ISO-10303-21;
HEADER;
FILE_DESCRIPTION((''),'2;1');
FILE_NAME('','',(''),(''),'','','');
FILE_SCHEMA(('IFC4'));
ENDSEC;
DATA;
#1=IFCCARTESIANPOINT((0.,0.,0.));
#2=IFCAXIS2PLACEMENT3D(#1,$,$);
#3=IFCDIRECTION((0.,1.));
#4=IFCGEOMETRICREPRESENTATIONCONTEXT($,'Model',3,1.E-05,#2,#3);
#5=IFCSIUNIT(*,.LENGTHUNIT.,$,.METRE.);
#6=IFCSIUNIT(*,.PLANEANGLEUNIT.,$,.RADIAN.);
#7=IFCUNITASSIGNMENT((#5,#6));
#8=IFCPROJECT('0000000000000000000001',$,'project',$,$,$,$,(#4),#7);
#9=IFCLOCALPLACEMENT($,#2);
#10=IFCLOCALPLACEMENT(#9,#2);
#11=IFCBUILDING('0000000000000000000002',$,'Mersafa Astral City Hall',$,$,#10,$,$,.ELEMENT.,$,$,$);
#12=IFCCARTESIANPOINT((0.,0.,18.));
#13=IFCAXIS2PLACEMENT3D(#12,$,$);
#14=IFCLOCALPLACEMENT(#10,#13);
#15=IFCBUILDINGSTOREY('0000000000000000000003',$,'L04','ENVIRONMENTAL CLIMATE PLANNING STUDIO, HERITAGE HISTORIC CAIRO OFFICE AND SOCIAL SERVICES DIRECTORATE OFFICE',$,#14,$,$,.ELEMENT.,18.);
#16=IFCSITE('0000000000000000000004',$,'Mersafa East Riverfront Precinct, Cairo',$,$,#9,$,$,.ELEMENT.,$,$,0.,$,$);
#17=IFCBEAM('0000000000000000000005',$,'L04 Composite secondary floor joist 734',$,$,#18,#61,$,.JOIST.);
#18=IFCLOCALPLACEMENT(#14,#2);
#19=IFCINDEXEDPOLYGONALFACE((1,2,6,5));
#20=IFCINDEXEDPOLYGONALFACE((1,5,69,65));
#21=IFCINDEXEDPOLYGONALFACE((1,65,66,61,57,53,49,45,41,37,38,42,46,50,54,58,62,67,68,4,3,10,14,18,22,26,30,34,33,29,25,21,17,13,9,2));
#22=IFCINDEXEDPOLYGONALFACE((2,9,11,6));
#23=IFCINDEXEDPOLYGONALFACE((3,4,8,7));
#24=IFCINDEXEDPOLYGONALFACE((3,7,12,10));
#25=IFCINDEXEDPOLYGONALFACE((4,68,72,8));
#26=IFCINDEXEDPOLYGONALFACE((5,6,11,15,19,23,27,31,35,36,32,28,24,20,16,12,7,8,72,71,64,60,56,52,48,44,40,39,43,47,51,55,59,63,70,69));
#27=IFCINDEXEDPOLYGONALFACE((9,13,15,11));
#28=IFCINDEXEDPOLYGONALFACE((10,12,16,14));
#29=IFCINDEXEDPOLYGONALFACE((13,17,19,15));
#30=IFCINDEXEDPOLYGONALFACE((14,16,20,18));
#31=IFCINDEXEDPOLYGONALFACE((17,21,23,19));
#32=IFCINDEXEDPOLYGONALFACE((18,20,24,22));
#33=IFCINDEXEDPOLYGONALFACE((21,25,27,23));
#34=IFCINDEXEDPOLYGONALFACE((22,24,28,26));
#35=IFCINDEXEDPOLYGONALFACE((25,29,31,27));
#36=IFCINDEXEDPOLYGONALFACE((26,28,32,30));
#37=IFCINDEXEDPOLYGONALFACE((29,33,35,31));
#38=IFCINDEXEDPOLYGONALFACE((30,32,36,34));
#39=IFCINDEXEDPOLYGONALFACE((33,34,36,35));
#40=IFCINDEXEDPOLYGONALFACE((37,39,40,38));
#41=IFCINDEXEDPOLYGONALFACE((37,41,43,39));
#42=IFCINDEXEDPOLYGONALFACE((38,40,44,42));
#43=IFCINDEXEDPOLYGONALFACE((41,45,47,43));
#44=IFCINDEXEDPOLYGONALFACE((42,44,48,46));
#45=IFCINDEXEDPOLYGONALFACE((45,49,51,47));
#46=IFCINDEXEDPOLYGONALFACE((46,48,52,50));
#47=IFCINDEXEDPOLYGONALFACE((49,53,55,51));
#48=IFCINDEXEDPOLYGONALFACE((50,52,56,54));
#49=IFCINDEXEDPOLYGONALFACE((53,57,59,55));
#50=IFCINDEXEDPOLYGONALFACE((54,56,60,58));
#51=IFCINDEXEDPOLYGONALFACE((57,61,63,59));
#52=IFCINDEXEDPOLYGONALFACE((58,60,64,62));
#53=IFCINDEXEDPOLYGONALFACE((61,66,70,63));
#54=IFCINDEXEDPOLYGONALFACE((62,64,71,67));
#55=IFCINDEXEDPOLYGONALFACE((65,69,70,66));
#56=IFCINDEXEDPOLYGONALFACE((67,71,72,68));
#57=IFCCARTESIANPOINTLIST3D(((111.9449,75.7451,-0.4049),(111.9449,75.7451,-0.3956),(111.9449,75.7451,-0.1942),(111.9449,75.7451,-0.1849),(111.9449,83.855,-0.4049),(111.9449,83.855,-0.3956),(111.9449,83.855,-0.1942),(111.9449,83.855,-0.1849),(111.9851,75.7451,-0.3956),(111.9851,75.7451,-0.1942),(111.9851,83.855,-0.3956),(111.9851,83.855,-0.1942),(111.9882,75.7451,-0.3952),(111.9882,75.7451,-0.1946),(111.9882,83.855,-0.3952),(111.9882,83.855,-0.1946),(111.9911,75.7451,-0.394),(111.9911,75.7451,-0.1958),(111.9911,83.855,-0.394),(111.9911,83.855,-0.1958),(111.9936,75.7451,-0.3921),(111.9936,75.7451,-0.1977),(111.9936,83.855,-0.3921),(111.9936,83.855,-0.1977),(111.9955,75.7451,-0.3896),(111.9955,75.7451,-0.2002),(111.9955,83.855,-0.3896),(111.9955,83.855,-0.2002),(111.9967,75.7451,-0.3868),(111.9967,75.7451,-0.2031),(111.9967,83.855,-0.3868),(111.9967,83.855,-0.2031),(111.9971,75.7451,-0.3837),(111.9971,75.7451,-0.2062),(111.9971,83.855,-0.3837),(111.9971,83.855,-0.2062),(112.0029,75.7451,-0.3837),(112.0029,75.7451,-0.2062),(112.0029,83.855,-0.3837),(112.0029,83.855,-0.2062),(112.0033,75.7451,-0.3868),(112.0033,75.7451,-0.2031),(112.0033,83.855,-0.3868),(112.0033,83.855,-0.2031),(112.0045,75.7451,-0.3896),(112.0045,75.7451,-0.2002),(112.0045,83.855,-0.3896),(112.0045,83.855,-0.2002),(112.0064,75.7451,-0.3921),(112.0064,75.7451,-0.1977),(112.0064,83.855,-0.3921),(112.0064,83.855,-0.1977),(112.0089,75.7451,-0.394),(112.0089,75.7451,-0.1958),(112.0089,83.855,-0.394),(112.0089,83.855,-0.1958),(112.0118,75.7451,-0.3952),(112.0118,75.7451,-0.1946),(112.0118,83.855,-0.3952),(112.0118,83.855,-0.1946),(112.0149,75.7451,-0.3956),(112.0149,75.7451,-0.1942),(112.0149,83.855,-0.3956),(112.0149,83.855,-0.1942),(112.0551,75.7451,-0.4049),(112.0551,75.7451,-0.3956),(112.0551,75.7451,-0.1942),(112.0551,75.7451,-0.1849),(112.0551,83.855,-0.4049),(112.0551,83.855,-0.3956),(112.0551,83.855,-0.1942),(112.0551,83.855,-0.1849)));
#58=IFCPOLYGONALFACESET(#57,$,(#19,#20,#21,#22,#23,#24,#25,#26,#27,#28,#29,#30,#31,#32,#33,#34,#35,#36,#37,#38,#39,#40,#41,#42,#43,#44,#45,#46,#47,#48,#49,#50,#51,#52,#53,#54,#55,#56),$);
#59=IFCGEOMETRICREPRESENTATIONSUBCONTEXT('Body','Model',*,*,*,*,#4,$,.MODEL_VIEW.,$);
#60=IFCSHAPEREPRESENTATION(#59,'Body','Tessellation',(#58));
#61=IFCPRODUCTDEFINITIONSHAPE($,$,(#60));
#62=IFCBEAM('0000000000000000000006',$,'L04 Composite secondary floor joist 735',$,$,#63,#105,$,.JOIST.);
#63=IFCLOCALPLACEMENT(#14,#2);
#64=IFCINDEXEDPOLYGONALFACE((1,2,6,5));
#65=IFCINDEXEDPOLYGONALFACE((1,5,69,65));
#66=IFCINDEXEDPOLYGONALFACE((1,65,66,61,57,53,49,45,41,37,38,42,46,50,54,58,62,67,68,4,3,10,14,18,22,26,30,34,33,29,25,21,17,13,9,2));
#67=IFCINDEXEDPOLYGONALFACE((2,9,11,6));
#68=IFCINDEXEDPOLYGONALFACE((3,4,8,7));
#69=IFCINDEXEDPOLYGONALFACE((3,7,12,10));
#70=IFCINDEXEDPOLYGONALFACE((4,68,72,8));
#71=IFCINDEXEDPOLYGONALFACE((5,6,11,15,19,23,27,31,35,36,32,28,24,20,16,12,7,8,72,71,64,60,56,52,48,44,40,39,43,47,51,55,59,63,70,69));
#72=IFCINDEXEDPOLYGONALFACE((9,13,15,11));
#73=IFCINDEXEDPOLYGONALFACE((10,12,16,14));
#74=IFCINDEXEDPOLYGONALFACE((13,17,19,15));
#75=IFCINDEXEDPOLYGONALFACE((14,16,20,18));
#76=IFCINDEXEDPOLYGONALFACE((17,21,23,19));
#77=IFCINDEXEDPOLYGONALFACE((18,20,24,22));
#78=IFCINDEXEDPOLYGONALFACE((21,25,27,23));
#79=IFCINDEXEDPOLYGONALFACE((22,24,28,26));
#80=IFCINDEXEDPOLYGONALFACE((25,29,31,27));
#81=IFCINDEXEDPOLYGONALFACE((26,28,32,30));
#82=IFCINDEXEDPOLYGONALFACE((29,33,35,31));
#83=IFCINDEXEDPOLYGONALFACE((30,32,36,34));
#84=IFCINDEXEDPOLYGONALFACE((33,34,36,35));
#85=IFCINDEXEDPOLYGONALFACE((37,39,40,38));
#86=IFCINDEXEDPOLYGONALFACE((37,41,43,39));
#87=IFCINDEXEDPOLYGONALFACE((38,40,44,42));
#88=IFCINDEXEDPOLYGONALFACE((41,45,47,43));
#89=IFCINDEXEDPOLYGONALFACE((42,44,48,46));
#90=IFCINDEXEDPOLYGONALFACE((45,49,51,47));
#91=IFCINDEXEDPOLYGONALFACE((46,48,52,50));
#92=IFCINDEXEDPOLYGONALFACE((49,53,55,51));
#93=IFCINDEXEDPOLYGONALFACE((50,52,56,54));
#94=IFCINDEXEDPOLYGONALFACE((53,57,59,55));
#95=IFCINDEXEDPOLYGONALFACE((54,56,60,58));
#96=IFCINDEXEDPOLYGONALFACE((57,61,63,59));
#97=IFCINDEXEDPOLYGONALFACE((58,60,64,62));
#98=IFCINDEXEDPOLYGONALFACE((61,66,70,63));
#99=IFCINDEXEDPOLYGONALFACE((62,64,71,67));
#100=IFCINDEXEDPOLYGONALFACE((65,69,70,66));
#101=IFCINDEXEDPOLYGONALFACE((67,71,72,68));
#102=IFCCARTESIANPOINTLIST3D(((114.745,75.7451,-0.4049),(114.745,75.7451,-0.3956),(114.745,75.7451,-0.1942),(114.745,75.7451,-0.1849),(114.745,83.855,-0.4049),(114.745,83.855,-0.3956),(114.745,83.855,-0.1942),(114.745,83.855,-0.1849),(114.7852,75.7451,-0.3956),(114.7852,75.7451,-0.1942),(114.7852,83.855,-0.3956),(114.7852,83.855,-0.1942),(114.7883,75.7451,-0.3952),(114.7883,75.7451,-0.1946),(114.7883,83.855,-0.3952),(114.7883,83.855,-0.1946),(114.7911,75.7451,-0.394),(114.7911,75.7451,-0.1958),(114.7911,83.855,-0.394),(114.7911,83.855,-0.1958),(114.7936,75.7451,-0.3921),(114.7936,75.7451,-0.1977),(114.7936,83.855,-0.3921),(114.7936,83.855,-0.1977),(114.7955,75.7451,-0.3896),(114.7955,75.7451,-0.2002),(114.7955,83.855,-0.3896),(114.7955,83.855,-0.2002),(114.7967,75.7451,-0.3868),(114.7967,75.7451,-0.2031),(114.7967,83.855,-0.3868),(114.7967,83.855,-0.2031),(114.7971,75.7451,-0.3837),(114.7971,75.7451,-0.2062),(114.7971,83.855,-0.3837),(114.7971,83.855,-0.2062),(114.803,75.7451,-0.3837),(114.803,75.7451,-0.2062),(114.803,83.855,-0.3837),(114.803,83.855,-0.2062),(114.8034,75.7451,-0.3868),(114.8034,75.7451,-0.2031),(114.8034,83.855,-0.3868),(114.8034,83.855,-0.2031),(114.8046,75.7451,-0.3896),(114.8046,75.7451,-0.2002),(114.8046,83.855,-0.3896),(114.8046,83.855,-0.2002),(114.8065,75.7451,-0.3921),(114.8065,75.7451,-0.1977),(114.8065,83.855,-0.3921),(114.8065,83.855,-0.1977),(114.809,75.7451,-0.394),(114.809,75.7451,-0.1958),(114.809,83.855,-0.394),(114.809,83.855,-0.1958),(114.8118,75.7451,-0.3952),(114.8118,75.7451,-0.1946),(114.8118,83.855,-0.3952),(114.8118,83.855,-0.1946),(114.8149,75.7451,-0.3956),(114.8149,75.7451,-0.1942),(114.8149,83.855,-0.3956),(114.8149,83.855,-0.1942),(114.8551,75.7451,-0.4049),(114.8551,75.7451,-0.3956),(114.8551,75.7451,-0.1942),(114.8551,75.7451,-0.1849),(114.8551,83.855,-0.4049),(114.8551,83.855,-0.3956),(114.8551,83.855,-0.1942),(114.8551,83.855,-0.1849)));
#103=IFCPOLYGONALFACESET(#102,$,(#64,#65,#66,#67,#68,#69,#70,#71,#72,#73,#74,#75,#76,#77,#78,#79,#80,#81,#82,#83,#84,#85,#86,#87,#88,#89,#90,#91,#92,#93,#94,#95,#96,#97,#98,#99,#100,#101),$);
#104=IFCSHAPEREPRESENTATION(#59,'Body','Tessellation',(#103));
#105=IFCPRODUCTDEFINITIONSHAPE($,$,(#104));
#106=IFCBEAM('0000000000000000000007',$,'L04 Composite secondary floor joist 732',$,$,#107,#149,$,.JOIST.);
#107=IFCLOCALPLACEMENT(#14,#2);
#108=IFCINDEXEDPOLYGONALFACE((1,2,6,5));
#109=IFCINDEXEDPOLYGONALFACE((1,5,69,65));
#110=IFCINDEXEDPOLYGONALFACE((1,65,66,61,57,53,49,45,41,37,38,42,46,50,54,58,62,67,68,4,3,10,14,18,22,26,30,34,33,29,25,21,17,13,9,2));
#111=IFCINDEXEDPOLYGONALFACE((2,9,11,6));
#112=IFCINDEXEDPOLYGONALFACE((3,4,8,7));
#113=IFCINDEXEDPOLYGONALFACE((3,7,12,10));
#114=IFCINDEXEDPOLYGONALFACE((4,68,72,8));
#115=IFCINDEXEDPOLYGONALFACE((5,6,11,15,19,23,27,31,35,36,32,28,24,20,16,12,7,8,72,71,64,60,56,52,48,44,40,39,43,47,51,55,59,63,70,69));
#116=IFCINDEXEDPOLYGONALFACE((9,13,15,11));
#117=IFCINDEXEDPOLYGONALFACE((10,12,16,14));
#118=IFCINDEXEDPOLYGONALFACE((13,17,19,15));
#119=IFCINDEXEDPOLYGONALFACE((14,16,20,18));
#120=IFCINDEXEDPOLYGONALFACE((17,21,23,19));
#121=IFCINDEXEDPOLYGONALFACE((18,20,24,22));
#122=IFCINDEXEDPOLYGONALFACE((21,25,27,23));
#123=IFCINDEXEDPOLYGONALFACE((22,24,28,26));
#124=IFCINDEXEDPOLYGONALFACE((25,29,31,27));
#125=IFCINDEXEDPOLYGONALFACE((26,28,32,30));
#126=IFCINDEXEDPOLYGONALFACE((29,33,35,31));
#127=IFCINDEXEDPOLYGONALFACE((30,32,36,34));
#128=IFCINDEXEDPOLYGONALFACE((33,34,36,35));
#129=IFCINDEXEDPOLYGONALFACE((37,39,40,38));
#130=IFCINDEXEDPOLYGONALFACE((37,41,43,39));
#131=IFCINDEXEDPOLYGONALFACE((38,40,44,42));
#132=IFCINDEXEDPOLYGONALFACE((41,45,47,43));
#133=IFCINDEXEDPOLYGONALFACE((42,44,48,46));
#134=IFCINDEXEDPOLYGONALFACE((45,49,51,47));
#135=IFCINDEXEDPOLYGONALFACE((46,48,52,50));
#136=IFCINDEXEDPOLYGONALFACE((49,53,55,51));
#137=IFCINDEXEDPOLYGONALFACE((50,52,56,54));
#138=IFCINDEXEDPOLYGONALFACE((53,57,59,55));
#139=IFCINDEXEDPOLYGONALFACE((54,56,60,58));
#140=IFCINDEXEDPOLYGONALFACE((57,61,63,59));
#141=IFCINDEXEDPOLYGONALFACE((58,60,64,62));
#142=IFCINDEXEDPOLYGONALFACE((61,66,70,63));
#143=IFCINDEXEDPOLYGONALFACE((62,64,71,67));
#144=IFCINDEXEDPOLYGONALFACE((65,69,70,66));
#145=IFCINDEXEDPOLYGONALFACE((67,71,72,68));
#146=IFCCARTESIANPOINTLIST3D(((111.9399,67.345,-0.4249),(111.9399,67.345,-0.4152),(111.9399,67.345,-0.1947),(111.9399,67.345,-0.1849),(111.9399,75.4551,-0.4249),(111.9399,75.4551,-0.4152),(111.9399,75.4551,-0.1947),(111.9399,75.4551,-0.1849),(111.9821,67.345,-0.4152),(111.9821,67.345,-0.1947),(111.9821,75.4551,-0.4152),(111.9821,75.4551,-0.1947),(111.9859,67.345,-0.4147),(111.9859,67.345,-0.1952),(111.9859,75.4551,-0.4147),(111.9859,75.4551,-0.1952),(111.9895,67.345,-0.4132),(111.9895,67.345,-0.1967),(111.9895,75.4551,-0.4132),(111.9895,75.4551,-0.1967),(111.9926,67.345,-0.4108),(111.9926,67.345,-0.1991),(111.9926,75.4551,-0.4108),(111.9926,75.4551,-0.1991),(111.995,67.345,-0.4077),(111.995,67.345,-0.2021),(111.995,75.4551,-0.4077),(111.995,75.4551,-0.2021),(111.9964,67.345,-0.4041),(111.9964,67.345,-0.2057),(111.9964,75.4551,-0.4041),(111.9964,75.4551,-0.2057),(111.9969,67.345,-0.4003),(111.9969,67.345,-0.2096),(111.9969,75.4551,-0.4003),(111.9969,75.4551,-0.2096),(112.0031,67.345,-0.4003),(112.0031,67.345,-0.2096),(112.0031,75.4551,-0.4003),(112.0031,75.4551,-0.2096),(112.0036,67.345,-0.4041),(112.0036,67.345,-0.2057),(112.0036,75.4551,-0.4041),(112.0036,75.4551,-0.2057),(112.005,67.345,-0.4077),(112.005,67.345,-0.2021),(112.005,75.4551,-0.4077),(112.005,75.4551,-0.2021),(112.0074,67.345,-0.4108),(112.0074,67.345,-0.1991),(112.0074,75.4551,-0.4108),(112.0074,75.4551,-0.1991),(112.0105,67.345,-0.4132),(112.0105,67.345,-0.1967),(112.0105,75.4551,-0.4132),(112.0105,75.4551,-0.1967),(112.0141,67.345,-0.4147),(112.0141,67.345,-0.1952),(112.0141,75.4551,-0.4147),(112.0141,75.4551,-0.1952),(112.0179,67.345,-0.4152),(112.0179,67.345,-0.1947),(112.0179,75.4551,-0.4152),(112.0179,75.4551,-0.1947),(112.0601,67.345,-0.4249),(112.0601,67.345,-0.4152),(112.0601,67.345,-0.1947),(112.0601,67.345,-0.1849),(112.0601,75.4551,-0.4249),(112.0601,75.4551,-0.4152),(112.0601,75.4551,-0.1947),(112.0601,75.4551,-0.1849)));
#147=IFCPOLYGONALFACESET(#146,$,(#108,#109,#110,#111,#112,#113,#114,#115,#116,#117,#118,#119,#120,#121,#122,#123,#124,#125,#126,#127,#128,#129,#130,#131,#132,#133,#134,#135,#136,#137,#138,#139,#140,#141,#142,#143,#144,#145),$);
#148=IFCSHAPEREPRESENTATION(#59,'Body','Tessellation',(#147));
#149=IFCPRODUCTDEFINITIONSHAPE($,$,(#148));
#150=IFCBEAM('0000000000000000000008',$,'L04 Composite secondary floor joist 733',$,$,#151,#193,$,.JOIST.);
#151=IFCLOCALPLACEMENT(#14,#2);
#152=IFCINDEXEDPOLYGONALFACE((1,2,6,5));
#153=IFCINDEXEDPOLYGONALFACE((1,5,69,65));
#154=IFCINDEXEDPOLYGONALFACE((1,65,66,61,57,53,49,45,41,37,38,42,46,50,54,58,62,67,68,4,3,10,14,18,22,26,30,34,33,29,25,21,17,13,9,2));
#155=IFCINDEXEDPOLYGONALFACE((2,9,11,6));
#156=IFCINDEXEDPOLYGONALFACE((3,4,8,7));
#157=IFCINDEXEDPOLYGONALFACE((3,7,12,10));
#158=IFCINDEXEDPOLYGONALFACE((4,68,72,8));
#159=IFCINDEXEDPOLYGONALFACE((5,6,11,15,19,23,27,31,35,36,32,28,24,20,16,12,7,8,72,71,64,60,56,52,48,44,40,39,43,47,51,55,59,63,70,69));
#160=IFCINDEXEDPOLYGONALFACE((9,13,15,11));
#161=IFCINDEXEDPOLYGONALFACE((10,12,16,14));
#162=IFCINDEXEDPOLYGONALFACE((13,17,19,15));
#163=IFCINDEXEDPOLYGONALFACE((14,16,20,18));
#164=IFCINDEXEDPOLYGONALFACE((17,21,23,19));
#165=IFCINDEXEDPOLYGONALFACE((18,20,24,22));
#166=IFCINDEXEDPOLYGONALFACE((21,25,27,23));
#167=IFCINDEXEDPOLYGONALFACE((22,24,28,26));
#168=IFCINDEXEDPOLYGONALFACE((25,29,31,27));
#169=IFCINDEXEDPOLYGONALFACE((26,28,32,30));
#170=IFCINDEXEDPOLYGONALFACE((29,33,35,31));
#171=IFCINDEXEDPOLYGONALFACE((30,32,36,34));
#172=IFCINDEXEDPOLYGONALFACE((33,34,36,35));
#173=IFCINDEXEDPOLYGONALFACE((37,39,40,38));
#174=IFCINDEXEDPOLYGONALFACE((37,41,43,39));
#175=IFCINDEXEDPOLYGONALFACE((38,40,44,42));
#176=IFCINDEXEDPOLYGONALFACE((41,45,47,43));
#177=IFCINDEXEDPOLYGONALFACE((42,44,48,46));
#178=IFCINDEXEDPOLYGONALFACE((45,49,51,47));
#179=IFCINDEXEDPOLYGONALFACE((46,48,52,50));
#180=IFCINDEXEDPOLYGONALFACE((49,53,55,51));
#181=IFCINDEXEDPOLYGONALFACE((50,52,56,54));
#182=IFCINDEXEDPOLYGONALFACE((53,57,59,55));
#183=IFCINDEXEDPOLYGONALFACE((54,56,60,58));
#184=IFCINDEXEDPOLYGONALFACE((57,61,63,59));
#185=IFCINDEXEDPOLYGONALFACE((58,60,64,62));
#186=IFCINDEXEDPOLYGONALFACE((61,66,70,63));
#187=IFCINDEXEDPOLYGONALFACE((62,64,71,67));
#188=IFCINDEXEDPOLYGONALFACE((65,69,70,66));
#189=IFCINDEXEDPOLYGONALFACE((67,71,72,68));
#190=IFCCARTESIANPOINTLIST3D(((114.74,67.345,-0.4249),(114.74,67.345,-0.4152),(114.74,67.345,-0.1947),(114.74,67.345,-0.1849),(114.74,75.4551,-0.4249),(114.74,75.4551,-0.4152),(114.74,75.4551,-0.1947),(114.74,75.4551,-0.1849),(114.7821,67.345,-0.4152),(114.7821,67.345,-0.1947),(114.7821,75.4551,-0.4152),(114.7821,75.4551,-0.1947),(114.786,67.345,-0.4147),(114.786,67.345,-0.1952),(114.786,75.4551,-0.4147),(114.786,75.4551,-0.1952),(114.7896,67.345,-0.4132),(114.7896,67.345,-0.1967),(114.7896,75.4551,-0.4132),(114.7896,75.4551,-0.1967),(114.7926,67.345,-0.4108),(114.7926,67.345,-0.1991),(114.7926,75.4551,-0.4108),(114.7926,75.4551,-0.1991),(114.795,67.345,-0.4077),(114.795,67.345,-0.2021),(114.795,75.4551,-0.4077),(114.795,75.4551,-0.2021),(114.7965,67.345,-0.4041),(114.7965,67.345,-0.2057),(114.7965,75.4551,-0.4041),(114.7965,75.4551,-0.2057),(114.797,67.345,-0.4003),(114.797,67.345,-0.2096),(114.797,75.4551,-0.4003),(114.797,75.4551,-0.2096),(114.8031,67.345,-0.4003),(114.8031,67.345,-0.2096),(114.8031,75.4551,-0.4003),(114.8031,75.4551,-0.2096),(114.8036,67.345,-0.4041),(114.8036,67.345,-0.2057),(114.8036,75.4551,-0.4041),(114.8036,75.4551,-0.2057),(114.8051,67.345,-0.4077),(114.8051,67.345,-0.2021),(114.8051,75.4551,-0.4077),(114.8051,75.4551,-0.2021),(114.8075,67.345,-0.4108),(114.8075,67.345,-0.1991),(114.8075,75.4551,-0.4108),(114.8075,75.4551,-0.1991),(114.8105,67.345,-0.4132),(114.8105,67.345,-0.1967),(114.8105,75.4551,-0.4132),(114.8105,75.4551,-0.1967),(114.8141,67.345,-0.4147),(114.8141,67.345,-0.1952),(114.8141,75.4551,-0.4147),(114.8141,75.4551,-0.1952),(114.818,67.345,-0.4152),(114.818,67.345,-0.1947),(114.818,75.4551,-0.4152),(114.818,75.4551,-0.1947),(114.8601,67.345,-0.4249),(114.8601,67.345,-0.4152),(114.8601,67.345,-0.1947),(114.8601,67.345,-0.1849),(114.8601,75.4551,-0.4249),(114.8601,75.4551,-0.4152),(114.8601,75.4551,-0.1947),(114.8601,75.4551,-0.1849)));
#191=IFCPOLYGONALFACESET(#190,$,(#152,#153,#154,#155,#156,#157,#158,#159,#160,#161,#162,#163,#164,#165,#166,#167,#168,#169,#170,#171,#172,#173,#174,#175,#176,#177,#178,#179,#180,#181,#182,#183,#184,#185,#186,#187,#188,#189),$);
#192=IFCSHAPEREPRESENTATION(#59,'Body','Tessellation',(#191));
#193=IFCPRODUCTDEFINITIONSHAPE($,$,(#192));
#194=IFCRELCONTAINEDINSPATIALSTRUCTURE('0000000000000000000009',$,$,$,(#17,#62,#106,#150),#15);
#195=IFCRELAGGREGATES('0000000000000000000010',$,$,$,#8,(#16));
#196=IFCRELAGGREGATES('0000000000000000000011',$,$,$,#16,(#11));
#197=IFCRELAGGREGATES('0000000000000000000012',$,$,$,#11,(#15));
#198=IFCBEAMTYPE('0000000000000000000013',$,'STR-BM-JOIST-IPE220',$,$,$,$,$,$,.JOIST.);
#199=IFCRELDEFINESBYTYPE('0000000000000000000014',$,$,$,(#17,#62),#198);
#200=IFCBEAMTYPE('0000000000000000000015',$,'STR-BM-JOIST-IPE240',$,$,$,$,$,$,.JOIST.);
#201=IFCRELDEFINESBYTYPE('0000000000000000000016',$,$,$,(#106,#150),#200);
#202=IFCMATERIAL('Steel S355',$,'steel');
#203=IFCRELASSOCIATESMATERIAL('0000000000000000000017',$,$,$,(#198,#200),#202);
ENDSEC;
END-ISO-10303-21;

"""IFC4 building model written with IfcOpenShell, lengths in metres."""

from ifc_helpers import new_model, si_unit, direction, frame, origin, origin_2d, place, context, subcontext, project, spatial, i_section, extrude, material, material_profile, profile_set, type_object, element, save


model = new_model("IFC4")

# Units and contexts
model_context = context("Model", 3, precision=1e-05, world=origin(), true_north=direction((0.0, 1.0)))
body_context = subcontext(model_context, "Body", "Model", "MODEL_VIEW")
ifc_project = project(units=[si_unit("LENGTHUNIT", "METRE"), si_unit("PLANEANGLEUNIT", "RADIAN")], contexts=[model_context])

# Site, building, storey
site_placement = place(None, origin())
site = spatial("IfcSite", under=ifc_project, at=site_placement, Name="Mersafa East Riverfront Precinct, Cairo", CompositionType="ELEMENT", RefElevation=0.0)
building_placement = place(site_placement, origin())
building = spatial("IfcBuilding", under=site, at=building_placement, Name="Mersafa Astral City Hall", CompositionType="ELEMENT")
storey_placement = place(building_placement, frame((0.0, 0.0, 18.0)))
storey = spatial("IfcBuildingStorey", under=building, at=storey_placement, Name="L04", Description="ENVIRONMENTAL CLIMATE PLANNING STUDIO, HERITAGE HISTORIC CAIRO OFFICE AND SOCIAL SERVICES DIRECTORATE OFFICE", CompositionType="ELEMENT", Elevation=18.0)

# Shared definitions
ifc_material_1 = material(Name="Steel S355", Category="steel")

# Beams
ifc_material_profile_1 = material_profile(ifc_material_1, i_section(OverallWidth=0.1101, OverallDepth=0.22, WebThickness=0.0059, FlangeThickness=0.0093, FilletRadius=0.012, at=origin_2d()), Name="IPE 220")
ifc_profile_set_1 = profile_set([ifc_material_profile_1], Name="Steel S355")
beam_type_1 = type_object("IfcBeamType", Name="STR-BM-JOIST-IPE220", PredefinedType="JOIST", material=ifc_profile_set_1)
for number, where, z_axis, x_axis, name in (
    (1, (112.0, 75.7451, -0.2949), (0.0, 1.0, 0.0), (-1.0, 0.0, 0.0), "L04 Composite secondary floor joist 734"),
    (2, (114.8, 75.7451, -0.2949), (0.0, 1.0, 0.0), (-1.0, 0.0, 0.0), "L04 Composite secondary floor joist 735"),
):
    element("IfcBeam", number, at=place(storey_placement, frame(where, z_axis=z_axis, x_axis=x_axis)), inside=storey, type_object=beam_type_1, Name=name, PredefinedType="JOIST", context=body_context, shape_type="SweptSolid", body=[
        extrude(i_section(OverallWidth=0.1101, OverallDepth=0.22, WebThickness=0.0059, FlangeThickness=0.0093, FilletRadius=0.012, at=origin_2d()), origin(), (0.0, 0.0, 1.0), 8.1099),
    ])
ifc_material_profile_2 = material_profile(ifc_material_1, i_section(OverallWidth=0.1201, OverallDepth=0.24, WebThickness=0.0061, FlangeThickness=0.0098, FilletRadius=0.0149, at=origin_2d()), Name="IPE 240")
ifc_profile_set_2 = profile_set([ifc_material_profile_2], Name="Steel S355")
beam_type_2 = type_object("IfcBeamType", Name="STR-BM-JOIST-IPE240", PredefinedType="JOIST", material=ifc_profile_set_2)
for number, where, z_axis, x_axis, name in (
    (3, (112.0, 67.345, -0.3049), (0.0, 1.0, 0.0), (-1.0, 0.0, 0.0), "L04 Composite secondary floor joist 732"),
    (4, (114.8, 67.345, -0.3049), (0.0, 1.0, 0.0), (-1.0, 0.0, 0.0), "L04 Composite secondary floor joist 733"),
):
    element("IfcBeam", number, at=place(storey_placement, frame(where, z_axis=z_axis, x_axis=x_axis)), inside=storey, type_object=beam_type_2, Name=name, PredefinedType="JOIST", context=body_context, shape_type="SweptSolid", body=[
        extrude(i_section(OverallWidth=0.1201, OverallDepth=0.24, WebThickness=0.0061, FlangeThickness=0.0098, FilletRadius=0.0149, at=origin_2d()), origin(), (0.0, 0.0, 1.0), 8.1101),
    ])

save(model, "model.ifc")
